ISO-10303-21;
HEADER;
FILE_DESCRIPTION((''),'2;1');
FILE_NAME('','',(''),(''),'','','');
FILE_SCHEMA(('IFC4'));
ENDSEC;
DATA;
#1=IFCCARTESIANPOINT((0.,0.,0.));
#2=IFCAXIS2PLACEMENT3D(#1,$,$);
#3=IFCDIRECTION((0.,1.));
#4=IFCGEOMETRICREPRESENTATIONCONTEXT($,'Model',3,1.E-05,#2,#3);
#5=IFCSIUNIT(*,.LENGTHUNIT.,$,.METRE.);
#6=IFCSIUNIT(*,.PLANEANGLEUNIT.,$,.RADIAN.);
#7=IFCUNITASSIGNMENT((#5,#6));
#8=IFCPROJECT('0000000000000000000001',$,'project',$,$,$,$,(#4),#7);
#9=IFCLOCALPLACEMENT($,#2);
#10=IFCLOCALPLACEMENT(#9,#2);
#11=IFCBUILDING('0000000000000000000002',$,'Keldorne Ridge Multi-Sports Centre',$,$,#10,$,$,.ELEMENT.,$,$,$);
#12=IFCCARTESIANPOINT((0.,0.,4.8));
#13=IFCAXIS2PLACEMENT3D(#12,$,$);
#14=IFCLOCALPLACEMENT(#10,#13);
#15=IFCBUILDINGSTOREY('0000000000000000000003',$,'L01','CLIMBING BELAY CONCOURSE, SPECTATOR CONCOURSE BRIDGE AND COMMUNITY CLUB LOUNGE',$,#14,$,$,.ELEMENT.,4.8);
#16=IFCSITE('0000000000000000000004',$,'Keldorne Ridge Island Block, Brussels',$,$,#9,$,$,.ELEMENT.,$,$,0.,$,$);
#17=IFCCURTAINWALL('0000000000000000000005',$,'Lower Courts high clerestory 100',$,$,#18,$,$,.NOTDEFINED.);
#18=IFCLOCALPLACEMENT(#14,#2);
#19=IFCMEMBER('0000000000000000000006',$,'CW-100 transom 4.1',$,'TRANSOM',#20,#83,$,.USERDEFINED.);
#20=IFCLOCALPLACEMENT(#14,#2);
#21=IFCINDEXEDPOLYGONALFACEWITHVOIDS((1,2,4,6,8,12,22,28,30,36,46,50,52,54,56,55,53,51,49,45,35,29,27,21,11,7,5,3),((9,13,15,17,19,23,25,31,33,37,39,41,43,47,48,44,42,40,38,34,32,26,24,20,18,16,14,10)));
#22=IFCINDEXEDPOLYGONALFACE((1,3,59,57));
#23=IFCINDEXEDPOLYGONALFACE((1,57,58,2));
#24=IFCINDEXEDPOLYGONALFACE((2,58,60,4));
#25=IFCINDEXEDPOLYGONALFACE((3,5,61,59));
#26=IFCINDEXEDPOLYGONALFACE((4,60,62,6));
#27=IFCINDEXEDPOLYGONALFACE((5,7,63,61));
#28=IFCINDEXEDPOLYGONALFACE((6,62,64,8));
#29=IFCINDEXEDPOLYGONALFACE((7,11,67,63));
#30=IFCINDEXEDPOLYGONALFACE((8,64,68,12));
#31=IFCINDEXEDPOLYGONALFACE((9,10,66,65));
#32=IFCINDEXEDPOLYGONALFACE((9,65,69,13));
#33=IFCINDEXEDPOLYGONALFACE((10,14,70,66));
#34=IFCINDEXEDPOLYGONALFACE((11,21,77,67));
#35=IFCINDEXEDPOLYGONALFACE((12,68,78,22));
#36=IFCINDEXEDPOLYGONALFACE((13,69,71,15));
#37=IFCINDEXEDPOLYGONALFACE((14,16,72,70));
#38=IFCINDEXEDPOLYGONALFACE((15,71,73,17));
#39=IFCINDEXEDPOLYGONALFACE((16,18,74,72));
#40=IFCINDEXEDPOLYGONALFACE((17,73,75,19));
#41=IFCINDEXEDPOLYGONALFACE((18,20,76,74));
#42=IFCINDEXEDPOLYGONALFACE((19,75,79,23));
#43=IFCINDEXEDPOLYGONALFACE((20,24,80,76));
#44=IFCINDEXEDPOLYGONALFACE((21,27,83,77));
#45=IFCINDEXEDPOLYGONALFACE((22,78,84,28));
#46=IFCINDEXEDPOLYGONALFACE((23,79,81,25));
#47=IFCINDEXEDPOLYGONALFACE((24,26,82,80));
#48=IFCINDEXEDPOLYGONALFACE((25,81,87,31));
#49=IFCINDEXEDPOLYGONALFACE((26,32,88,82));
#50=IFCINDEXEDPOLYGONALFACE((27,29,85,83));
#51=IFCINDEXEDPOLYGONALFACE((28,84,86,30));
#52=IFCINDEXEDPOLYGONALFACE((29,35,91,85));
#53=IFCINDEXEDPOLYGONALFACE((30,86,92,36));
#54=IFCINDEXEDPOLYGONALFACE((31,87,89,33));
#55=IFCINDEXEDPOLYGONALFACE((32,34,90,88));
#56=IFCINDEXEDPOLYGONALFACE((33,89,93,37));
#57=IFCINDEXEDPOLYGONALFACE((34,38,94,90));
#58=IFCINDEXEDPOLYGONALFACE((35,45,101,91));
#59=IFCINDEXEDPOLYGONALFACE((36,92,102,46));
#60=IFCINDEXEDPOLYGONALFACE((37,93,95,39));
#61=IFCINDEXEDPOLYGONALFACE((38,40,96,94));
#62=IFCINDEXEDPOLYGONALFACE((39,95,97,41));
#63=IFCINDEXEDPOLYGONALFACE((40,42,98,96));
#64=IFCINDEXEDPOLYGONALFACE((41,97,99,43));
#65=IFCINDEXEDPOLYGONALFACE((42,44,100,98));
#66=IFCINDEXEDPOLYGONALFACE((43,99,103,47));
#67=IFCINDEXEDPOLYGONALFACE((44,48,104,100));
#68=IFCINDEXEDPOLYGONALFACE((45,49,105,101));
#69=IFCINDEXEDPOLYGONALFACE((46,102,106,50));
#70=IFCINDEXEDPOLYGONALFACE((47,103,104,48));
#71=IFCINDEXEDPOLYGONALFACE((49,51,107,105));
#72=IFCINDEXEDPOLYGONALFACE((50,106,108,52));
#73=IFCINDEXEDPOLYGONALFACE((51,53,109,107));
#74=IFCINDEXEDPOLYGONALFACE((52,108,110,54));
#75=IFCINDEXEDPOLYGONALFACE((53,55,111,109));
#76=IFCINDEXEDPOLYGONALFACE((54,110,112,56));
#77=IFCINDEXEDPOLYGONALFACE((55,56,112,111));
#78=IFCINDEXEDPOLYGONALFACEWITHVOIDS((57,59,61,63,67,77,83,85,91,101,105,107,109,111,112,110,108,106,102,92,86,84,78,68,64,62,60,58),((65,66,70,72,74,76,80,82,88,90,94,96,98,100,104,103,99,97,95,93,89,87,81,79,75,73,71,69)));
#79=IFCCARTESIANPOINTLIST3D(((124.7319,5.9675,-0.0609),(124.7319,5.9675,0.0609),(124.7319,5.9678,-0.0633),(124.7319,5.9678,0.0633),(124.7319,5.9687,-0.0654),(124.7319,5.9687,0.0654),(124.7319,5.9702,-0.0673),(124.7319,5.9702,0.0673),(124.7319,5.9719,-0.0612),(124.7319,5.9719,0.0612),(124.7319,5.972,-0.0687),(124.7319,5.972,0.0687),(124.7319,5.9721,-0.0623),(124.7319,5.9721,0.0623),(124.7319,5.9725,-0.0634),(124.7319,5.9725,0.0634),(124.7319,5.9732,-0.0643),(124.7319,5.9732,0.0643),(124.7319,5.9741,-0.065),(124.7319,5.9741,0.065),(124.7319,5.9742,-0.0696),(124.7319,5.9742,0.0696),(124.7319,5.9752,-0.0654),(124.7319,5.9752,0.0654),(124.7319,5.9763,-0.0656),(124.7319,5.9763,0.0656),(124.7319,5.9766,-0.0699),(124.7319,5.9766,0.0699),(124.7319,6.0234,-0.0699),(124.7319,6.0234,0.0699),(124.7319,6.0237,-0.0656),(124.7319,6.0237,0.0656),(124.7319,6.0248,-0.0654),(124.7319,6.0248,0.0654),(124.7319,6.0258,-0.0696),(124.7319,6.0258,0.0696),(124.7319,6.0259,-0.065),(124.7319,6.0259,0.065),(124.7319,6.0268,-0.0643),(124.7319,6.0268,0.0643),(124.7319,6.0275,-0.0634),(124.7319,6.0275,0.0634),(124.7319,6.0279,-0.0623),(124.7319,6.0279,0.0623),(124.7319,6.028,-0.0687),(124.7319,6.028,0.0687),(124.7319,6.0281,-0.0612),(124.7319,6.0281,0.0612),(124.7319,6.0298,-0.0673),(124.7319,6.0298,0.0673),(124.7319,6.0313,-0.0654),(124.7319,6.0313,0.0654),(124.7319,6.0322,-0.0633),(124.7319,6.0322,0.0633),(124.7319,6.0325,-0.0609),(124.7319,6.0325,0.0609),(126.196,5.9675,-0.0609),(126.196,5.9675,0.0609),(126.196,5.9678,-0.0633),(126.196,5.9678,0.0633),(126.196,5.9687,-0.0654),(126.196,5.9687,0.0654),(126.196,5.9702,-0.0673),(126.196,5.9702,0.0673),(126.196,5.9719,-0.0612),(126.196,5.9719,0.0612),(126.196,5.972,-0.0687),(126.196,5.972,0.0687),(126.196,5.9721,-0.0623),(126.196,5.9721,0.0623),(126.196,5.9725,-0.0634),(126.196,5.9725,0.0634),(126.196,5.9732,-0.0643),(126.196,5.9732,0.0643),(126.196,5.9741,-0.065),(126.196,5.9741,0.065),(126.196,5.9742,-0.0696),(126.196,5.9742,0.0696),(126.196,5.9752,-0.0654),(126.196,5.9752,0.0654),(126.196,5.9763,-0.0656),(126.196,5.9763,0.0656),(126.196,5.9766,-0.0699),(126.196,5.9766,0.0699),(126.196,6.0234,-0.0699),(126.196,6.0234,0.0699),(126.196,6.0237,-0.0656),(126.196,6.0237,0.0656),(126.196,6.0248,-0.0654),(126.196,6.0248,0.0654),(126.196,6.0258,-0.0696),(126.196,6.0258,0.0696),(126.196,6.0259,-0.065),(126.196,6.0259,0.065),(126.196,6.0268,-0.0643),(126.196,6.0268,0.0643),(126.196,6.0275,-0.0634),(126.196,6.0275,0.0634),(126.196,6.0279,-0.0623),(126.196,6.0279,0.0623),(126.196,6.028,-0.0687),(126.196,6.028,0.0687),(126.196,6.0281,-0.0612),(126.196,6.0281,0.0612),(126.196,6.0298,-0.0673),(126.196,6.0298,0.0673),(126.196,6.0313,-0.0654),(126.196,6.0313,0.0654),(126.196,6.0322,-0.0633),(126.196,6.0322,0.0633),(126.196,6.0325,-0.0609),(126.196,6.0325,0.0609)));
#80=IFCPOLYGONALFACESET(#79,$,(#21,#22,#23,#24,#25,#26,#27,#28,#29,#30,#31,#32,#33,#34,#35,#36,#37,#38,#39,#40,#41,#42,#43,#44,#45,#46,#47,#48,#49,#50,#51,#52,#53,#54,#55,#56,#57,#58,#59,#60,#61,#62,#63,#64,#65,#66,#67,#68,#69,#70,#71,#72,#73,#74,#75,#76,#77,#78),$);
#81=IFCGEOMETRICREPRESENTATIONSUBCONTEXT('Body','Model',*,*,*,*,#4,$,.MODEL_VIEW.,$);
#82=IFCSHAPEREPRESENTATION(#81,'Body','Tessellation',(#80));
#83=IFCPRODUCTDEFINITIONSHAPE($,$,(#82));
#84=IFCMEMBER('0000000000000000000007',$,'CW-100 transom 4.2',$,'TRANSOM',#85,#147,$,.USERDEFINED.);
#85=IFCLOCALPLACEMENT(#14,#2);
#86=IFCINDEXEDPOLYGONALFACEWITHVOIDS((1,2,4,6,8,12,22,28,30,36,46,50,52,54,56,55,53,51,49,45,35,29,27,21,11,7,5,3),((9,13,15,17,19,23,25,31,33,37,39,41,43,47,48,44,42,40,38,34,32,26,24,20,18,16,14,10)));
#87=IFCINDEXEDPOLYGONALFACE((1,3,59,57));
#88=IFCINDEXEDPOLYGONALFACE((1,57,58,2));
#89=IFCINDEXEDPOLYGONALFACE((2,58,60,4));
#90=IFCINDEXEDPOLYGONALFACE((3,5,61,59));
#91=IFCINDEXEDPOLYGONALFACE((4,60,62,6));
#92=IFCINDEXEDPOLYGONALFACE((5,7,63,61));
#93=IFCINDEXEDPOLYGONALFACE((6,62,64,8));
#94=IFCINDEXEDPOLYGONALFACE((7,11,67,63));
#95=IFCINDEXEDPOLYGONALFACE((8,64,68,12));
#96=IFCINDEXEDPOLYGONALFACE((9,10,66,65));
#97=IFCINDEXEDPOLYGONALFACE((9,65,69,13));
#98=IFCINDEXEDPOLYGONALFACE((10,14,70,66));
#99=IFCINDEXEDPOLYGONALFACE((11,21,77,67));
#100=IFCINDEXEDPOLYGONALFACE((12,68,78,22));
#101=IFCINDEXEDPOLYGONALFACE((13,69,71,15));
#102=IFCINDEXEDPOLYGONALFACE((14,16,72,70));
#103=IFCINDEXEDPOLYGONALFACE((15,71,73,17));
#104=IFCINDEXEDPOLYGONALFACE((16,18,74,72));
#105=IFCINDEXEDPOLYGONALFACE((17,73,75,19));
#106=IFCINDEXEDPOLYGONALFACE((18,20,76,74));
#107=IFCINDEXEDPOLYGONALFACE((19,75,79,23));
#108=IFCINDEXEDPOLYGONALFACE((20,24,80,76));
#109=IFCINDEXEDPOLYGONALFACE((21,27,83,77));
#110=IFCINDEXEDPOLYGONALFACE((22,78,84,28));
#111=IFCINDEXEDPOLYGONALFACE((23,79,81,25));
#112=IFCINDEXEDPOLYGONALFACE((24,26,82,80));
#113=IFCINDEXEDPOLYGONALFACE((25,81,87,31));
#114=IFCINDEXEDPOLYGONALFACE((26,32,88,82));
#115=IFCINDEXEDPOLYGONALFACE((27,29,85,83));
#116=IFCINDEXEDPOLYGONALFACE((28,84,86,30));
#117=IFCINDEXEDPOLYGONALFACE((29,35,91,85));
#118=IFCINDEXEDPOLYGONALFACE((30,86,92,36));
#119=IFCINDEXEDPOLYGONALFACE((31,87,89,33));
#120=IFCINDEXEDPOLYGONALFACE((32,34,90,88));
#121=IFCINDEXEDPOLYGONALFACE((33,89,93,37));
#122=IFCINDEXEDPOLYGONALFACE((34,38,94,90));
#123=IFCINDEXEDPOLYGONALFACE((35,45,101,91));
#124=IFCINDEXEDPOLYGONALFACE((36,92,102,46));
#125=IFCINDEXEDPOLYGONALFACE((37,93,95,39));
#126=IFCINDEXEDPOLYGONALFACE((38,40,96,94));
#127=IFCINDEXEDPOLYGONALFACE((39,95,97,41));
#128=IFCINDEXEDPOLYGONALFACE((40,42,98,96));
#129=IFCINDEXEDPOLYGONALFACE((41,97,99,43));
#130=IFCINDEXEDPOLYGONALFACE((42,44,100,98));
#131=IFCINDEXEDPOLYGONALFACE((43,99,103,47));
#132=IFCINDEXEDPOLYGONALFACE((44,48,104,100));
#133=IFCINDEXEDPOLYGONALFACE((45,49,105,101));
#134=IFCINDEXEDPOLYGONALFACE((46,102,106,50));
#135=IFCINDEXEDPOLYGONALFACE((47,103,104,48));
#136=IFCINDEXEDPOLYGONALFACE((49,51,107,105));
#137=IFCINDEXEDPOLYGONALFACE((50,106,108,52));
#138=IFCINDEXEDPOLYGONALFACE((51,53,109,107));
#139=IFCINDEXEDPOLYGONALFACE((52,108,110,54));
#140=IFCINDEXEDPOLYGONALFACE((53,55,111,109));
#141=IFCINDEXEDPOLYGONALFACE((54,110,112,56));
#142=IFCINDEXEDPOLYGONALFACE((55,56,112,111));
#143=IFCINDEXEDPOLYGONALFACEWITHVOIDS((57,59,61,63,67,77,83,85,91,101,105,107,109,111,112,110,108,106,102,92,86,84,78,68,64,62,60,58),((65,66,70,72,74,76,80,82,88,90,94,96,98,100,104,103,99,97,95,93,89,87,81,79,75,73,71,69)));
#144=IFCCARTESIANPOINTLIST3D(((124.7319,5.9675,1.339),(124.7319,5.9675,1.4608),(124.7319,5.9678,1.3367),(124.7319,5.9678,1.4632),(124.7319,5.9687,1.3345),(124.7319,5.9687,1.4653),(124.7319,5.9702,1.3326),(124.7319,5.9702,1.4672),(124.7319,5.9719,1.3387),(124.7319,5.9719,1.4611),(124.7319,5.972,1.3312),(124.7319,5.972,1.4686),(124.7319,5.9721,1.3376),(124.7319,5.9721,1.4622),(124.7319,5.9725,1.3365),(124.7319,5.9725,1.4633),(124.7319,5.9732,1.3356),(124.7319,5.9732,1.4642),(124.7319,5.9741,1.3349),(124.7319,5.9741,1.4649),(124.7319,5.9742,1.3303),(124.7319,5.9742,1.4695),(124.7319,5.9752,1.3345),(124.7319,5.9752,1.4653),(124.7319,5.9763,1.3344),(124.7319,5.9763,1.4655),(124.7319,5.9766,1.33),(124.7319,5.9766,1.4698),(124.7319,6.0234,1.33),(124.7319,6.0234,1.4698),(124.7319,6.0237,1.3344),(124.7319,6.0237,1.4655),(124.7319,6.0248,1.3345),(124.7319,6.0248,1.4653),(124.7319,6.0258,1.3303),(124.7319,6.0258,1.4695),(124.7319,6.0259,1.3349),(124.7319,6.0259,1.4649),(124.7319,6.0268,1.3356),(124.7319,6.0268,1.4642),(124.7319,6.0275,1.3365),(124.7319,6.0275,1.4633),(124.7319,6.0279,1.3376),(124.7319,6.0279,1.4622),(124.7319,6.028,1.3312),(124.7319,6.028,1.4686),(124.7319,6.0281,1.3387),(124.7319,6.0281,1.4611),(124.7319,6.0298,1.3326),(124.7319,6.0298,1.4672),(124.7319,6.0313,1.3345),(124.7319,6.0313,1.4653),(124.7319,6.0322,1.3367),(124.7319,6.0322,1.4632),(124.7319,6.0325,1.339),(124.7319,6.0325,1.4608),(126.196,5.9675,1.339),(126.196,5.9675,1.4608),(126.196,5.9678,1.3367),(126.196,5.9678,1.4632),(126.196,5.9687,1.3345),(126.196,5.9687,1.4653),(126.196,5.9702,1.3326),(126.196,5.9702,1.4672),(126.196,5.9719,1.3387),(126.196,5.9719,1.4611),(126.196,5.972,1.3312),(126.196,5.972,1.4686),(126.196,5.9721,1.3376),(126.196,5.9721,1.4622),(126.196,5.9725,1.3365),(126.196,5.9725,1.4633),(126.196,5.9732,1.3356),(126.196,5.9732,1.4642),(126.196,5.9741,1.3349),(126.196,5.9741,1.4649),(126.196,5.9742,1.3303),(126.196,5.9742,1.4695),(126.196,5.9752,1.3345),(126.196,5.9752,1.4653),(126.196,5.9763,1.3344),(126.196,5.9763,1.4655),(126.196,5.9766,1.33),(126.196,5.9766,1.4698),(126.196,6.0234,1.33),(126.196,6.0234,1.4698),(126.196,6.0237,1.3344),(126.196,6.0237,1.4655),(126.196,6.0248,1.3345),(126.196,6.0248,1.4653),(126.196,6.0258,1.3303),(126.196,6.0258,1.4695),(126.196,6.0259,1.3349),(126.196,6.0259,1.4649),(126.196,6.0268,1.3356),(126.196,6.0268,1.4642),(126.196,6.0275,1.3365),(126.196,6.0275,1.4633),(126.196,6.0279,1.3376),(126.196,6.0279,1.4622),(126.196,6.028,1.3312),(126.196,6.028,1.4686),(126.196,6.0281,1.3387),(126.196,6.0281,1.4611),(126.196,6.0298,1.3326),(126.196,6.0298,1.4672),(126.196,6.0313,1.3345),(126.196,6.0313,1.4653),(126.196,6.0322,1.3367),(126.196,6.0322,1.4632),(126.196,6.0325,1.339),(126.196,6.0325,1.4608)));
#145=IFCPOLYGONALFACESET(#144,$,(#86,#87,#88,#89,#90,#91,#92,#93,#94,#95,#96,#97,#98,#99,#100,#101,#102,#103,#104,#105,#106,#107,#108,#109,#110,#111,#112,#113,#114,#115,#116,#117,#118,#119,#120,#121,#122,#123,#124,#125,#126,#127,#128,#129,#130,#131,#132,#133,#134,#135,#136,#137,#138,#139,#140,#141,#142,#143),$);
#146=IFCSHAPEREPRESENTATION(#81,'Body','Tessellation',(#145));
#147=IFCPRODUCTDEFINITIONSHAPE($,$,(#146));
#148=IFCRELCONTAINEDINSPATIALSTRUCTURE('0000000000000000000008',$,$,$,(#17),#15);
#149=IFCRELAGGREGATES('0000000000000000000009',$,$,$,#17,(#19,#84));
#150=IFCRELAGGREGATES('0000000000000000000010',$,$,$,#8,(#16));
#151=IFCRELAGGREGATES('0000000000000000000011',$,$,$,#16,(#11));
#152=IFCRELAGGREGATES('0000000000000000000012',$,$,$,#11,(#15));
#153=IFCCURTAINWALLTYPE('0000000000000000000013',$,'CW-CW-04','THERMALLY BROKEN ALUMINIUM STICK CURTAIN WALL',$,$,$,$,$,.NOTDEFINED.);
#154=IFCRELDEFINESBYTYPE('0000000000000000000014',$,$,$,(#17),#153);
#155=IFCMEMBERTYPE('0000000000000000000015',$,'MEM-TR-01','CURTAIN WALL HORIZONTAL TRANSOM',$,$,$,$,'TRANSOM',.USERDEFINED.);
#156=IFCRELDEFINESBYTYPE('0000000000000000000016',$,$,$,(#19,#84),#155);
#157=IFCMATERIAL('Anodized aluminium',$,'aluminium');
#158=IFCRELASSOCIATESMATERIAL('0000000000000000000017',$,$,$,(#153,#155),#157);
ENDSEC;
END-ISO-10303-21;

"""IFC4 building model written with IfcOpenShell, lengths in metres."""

from ifc_helpers import new_model, si_unit, direction, frame, origin, origin_2d, place, context, subcontext, project, spatial, hollow_rectangle, extrude, material, material_profile, profile_set, type_object, element, aggregate, save


model = new_model("IFC4")

# Units and contexts
model_context = context("Model", 3, precision=1e-05, world=origin(), true_north=direction((0.0, 1.0)))
body_context = subcontext(model_context, "Body", "Model", "MODEL_VIEW")
ifc_project = project(units=[si_unit("LENGTHUNIT", "METRE"), si_unit("PLANEANGLEUNIT", "RADIAN")], contexts=[model_context])

# Site, building, storey
site_placement = place(None, origin())
site = spatial("IfcSite", under=ifc_project, at=site_placement, Name="Keldorne Ridge Island Block, Brussels", CompositionType="ELEMENT", RefElevation=0.0)
building_placement = place(site_placement, origin())
building = spatial("IfcBuilding", under=site, at=building_placement, Name="Keldorne Ridge Multi-Sports Centre", CompositionType="ELEMENT")
storey_placement = place(building_placement, frame((0.0, 0.0, 4.8)))
storey = spatial("IfcBuildingStorey", under=building, at=storey_placement, Name="L01", Description="CLIMBING BELAY CONCOURSE, SPECTATOR CONCOURSE BRIDGE AND COMMUNITY CLUB LOUNGE", CompositionType="ELEMENT", Elevation=4.8)

# Curtain wall, members
ifc_material_1 = material(Name="Anodized aluminium", Category="aluminium")
curtain_wall_type = type_object("IfcCurtainWallType", Name="CW-CW-04", Description="THERMALLY BROKEN ALUMINIUM STICK CURTAIN WALL", PredefinedType="NOTDEFINED", material=ifc_material_1)
curtain_wall_placement = place(storey_placement, origin())
curtain_wall = element("IfcCurtainWall", 1, at=curtain_wall_placement, inside=storey, type_object=curtain_wall_type, Name="Lower Courts high clerestory 100", PredefinedType="NOTDEFINED")
ifc_material_profile_1 = material_profile(ifc_material_1, hollow_rectangle(XDim=0.0649, YDim=0.1399, WallThickness=0.0044, InnerFilletRadius=0.0044, OuterFilletRadius=0.009, at=origin_2d()), Name="ALU TRANSOM 140x65x4.5")
ifc_profile_set_1 = profile_set([ifc_material_profile_1], Name="Anodized aluminium")
member_type_1 = type_object("IfcMemberType", Name="MEM-TR-01", Description="CURTAIN WALL HORIZONTAL TRANSOM", ElementType="TRANSOM", PredefinedType="USERDEFINED", material=ifc_profile_set_1)
member_1_placement = place(storey_placement, frame((124.7319, 6.0, 0.0), z_axis=(1.0, 0.0, 0.0), x_axis=(0.0, 1.0, 0.0)))
member_1 = element("IfcMember", 2, at=member_1_placement, type_object=member_type_1, Name="CW-100 transom 4.1", ObjectType="TRANSOM", PredefinedType="USERDEFINED", context=body_context, shape_type="SweptSolid", body=[
    extrude(hollow_rectangle(XDim=0.0649, YDim=0.1399, WallThickness=0.0044, InnerFilletRadius=0.0044, OuterFilletRadius=0.009, at=origin_2d()), origin(), (0.0, 0.0, 1.0), 1.4641),
])
member_2_placement = place(storey_placement, frame((124.7319, 6.0, 1.3999), z_axis=(1.0, 0.0, 0.0), x_axis=(0.0, 1.0, 0.0)))
member_2 = element("IfcMember", 3, at=member_2_placement, type_object=member_type_1, Name="CW-100 transom 4.2", ObjectType="TRANSOM", PredefinedType="USERDEFINED", context=body_context, shape_type="SweptSolid", body=[
    extrude(hollow_rectangle(XDim=0.0649, YDim=0.1399, WallThickness=0.0044, InnerFilletRadius=0.0044, OuterFilletRadius=0.009, at=origin_2d()), origin(), (0.0, 0.0, 1.0), 1.4641),
])

aggregate(curtain_wall, [member_1, member_2])

save(model, "model.ifc")
